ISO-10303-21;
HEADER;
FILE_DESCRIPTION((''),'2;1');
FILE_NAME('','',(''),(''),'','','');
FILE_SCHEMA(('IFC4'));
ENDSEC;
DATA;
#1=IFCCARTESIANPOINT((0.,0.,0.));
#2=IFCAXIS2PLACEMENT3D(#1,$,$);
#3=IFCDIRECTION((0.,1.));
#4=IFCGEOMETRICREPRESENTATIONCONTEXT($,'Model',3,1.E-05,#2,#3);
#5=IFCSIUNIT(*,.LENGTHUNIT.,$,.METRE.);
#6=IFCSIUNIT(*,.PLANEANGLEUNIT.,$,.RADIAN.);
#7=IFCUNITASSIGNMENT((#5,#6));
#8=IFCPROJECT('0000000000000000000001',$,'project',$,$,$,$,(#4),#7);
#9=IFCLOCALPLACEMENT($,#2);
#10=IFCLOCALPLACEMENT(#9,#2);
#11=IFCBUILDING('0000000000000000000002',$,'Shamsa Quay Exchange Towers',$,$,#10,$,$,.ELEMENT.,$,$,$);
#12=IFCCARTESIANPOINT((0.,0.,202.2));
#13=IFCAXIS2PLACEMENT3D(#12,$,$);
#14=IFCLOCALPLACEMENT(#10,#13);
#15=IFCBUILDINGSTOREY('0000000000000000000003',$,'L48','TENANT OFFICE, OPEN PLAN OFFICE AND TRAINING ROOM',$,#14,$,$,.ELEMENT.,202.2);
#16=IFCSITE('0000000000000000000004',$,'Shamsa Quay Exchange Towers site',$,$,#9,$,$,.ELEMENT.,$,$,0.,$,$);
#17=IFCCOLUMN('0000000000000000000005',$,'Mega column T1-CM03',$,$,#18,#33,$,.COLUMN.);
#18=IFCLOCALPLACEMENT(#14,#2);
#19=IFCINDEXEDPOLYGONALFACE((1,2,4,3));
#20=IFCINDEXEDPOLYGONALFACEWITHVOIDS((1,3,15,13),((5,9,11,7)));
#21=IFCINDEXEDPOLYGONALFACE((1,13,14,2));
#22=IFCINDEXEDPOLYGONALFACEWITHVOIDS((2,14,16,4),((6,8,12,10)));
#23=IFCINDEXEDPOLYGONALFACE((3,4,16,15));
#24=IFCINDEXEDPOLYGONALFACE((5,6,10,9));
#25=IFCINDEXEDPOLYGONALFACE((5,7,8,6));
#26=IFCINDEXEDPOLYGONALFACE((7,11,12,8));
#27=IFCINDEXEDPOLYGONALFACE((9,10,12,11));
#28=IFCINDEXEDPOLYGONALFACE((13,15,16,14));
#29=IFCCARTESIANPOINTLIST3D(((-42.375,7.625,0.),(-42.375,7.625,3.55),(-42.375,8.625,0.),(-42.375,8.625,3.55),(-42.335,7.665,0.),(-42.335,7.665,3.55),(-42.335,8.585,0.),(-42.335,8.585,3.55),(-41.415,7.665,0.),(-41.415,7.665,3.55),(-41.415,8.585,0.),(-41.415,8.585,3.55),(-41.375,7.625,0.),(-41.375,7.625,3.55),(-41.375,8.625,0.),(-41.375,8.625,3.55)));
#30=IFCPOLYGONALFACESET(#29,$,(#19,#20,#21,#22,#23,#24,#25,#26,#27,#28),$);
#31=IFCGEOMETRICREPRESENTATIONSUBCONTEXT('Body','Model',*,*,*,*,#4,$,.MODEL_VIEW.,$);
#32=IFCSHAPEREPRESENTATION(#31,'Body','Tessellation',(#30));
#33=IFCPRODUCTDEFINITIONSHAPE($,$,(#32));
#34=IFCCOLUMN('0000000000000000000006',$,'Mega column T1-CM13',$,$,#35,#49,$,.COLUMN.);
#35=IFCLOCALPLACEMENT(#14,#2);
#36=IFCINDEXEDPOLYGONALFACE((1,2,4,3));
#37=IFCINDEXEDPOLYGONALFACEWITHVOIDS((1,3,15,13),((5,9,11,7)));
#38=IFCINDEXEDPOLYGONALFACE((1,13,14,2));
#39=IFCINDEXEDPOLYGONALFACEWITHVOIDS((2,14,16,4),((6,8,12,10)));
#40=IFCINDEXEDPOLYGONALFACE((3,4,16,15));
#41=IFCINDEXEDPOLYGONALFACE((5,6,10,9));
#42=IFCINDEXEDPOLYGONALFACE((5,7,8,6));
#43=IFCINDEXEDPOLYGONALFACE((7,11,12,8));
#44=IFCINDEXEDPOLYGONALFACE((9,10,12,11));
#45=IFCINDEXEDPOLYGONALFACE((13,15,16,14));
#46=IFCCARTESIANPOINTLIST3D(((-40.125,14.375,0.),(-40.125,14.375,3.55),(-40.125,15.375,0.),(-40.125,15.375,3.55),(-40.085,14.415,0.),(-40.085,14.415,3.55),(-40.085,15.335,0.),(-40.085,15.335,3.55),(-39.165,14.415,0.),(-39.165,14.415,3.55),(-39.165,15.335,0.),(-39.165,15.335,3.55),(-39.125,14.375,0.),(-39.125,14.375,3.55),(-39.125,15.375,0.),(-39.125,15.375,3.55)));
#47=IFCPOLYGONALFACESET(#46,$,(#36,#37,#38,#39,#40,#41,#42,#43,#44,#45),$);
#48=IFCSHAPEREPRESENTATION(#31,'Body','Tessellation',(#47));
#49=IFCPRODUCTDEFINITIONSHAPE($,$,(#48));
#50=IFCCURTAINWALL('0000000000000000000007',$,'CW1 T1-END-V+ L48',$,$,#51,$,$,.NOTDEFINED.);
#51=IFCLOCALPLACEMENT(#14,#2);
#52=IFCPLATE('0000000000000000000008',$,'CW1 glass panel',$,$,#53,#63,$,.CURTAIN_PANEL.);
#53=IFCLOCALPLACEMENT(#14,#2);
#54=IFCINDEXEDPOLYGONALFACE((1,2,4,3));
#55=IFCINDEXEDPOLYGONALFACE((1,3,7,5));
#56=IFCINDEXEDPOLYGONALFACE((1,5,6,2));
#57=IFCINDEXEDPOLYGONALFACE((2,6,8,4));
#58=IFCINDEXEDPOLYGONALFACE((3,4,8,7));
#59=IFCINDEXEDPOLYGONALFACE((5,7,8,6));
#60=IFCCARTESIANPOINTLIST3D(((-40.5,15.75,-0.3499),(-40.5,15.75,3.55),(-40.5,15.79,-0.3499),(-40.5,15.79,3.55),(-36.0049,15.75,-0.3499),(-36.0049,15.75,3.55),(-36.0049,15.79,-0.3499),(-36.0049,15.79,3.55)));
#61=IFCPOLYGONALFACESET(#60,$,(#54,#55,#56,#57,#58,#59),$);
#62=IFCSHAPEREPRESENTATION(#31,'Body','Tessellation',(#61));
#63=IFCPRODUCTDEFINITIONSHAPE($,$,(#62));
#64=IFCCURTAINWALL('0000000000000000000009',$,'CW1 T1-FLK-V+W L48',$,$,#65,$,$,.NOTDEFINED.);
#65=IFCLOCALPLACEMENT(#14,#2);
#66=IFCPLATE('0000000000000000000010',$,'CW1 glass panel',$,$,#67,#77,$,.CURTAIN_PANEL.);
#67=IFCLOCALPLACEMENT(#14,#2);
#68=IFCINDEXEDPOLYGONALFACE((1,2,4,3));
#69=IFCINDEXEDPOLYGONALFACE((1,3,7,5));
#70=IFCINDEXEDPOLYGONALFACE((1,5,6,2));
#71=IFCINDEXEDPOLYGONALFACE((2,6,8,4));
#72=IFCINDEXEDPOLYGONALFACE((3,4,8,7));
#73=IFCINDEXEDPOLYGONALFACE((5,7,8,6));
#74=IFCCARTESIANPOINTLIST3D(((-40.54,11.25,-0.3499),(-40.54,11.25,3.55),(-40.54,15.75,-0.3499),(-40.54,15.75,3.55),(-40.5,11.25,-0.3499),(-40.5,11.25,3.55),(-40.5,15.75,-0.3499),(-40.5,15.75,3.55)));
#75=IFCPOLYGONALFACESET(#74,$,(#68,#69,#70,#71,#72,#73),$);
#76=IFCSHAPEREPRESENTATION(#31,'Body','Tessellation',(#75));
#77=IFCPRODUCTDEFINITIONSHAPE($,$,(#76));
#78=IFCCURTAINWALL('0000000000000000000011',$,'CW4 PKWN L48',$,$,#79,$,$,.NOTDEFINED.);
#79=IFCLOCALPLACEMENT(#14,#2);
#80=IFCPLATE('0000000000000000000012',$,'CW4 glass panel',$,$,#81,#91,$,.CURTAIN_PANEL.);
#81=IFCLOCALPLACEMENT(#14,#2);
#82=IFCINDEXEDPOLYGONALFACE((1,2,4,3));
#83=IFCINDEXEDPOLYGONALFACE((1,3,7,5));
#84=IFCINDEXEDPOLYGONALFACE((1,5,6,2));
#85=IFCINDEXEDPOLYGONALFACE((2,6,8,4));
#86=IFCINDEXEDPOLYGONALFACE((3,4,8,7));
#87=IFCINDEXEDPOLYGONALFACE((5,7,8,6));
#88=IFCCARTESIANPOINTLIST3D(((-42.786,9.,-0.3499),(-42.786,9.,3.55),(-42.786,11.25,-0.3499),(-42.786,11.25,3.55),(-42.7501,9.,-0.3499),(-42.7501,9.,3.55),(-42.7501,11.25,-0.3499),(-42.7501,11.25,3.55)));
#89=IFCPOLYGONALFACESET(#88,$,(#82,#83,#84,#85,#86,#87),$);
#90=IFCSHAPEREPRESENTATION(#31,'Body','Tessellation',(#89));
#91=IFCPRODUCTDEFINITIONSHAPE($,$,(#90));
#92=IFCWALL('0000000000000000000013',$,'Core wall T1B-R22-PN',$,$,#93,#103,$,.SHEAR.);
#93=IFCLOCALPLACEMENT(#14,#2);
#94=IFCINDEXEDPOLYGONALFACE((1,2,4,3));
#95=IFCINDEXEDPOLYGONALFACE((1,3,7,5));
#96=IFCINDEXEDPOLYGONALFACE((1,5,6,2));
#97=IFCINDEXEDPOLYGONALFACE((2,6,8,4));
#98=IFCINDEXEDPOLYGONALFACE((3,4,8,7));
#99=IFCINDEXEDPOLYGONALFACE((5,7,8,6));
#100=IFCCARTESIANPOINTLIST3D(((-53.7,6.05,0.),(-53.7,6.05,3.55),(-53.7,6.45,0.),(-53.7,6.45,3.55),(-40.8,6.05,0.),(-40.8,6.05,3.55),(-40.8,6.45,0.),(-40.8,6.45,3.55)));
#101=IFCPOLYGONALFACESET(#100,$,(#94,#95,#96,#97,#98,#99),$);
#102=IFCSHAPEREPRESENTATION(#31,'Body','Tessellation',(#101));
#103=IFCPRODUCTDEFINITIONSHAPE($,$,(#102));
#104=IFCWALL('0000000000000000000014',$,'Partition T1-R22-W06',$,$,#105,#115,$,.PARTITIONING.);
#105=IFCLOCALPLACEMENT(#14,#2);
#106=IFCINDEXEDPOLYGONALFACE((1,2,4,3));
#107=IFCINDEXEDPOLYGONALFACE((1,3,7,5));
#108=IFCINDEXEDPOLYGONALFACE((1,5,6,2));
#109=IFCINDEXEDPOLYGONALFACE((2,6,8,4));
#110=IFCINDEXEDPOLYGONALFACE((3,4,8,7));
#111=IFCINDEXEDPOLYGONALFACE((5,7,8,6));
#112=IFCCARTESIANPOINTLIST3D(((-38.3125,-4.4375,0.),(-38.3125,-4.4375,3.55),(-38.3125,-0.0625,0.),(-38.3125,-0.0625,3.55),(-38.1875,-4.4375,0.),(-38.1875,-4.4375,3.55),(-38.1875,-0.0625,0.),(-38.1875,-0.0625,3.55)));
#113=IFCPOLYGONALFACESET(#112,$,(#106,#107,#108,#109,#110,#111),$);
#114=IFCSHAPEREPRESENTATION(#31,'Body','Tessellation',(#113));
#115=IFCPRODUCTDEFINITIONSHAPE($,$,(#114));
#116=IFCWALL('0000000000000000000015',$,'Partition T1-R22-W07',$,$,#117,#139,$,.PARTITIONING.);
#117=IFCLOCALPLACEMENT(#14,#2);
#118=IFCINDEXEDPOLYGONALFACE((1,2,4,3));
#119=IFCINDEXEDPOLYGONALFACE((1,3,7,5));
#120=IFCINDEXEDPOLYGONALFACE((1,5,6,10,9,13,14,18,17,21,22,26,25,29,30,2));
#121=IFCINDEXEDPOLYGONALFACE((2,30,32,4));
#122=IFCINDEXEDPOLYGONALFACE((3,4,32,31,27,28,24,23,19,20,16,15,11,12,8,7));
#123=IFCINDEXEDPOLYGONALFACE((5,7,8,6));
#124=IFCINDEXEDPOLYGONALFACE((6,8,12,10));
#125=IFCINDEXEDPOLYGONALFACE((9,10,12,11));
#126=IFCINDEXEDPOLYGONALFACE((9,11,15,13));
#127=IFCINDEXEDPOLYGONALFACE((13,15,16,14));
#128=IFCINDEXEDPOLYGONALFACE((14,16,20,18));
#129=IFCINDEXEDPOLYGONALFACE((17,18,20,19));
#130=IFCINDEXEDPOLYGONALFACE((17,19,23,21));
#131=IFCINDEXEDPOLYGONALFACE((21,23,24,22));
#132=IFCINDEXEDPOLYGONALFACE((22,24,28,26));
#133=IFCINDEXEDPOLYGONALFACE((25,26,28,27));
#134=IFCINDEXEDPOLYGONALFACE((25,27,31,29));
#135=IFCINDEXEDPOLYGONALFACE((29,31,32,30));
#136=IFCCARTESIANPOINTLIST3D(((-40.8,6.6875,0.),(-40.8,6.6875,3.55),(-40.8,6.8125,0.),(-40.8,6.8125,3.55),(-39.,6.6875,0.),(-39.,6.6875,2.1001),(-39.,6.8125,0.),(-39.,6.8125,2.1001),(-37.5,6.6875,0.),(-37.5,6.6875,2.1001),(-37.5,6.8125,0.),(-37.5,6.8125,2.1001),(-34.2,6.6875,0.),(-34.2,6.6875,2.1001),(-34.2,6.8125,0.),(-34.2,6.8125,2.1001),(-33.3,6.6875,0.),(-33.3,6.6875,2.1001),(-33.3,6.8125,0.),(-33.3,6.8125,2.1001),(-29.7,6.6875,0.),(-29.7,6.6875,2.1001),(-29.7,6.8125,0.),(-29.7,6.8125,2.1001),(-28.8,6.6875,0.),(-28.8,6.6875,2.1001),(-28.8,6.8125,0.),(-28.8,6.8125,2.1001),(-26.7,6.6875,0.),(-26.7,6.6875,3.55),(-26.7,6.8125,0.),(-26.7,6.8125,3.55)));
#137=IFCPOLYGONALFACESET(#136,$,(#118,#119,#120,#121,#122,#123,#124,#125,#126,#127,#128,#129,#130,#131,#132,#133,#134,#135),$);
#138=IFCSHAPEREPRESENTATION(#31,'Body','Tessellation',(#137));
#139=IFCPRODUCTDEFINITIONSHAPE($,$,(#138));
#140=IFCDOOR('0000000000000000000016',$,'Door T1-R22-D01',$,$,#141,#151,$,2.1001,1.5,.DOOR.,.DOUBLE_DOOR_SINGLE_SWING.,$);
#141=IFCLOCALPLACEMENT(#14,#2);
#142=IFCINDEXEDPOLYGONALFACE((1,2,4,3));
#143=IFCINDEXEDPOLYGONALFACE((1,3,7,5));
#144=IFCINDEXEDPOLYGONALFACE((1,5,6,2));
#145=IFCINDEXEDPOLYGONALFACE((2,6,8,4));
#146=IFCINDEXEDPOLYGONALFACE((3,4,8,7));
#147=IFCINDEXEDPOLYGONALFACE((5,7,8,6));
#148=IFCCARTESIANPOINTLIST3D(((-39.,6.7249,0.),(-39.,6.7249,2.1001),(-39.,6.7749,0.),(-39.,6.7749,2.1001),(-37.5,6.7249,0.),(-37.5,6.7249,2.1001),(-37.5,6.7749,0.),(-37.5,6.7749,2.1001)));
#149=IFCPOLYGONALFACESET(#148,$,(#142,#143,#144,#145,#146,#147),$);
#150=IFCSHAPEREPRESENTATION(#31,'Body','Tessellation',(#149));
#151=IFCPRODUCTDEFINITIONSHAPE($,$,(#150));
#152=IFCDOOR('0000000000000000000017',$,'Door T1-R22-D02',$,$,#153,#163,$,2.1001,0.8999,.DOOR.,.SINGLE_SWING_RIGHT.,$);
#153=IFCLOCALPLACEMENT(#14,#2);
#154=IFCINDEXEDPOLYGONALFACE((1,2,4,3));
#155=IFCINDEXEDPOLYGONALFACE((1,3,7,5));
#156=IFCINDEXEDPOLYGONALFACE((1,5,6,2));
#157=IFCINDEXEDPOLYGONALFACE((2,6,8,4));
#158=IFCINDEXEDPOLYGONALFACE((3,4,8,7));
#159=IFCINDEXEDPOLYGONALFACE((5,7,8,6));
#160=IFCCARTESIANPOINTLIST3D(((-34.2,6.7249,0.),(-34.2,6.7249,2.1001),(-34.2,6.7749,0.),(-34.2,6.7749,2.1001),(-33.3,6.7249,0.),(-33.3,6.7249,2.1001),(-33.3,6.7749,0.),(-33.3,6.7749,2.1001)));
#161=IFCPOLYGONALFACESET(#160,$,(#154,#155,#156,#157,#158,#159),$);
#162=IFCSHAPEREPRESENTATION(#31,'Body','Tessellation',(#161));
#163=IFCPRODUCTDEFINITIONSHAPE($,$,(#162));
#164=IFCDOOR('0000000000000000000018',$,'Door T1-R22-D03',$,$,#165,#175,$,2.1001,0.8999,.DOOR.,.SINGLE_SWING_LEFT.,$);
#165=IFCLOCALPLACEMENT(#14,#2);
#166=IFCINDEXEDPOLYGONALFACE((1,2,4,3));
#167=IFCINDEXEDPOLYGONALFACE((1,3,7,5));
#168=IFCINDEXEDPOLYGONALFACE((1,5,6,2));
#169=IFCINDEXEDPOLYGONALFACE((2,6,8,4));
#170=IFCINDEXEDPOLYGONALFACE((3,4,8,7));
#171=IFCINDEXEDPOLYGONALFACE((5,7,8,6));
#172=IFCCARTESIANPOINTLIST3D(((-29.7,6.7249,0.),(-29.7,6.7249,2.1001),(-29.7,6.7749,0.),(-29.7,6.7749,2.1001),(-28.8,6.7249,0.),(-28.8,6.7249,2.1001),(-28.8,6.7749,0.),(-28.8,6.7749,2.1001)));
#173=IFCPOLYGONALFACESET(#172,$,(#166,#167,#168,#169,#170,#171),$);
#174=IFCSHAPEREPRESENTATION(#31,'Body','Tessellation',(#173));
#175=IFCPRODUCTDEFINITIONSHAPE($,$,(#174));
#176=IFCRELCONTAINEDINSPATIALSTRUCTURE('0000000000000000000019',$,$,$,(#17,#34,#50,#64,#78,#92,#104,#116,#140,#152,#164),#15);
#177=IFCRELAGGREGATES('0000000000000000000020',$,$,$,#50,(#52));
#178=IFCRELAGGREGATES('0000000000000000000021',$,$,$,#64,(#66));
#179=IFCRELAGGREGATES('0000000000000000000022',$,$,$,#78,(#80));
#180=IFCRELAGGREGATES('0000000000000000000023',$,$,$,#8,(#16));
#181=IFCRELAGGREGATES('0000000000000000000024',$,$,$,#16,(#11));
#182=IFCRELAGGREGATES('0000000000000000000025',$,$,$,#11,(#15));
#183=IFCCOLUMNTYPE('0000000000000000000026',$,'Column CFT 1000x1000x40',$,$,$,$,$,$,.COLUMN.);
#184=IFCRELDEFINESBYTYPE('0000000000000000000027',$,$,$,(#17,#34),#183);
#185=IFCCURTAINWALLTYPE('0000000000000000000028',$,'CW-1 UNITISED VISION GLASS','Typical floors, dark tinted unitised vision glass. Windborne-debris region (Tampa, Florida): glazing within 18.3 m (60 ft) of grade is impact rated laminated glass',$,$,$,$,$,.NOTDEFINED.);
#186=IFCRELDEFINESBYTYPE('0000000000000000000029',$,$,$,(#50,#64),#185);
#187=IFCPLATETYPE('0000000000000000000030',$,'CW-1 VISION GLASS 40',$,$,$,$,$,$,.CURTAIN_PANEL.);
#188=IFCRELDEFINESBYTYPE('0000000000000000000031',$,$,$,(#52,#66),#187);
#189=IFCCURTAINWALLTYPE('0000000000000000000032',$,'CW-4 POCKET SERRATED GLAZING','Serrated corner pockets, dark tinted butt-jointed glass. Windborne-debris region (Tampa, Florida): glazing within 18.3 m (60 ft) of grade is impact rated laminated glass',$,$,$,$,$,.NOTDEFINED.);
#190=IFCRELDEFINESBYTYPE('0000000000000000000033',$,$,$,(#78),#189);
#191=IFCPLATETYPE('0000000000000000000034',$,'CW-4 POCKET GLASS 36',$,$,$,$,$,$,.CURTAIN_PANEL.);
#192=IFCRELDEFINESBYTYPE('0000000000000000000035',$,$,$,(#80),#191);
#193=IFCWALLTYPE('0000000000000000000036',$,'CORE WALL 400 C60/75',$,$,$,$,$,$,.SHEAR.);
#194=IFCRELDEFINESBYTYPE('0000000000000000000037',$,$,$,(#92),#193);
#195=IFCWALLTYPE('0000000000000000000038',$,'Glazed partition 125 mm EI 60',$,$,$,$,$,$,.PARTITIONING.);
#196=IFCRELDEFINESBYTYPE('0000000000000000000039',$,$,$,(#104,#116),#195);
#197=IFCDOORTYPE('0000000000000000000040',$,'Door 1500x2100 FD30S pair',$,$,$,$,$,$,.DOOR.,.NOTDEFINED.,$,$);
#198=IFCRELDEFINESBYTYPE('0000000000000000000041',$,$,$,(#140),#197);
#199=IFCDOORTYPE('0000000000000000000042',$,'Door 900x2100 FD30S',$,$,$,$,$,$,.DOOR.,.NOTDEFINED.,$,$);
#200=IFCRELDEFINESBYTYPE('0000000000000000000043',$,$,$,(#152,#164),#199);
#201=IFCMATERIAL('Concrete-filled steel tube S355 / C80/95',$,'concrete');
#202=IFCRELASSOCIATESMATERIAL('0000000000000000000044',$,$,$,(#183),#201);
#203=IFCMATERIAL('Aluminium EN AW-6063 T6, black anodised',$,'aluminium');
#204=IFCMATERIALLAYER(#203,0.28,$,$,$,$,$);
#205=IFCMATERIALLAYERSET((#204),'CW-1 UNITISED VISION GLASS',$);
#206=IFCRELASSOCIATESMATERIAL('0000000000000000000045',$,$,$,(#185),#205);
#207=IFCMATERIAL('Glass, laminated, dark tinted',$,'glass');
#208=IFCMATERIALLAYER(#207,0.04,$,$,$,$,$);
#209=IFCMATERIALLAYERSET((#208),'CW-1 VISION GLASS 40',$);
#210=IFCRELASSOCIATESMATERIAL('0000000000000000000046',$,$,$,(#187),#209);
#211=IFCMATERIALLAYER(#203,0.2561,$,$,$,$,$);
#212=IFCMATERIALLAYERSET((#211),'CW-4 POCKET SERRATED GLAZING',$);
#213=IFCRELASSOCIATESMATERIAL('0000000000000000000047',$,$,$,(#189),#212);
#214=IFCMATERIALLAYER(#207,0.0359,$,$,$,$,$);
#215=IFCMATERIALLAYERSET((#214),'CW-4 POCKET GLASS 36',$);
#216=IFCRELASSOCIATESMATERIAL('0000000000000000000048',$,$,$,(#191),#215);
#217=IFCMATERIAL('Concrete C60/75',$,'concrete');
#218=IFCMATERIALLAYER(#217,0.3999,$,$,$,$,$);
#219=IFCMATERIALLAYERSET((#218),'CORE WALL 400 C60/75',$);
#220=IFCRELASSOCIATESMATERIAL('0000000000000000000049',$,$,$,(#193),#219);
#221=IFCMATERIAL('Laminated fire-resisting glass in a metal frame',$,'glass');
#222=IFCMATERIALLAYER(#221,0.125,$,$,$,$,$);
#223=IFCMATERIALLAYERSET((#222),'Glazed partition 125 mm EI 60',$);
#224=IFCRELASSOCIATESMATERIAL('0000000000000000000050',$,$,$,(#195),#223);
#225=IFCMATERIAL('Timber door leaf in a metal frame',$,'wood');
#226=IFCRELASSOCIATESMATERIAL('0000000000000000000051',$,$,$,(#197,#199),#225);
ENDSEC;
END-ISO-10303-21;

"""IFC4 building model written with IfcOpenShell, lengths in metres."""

from ifc_helpers import new_model, si_unit, direction, frame, frame_2d, origin, origin_2d, place, context, subcontext, project, spatial, rectangle, hollow_rectangle, extrude, material, layer, layer_set, material_profile, profile_set, type_object, element, fill, aggregate, save


model = new_model("IFC4")

# Units and contexts
model_context = context("Model", 3, precision=1e-05, world=origin(), true_north=direction((0.0, 1.0)))
body_context = subcontext(model_context, "Body", "Model", "MODEL_VIEW")
ifc_project = project(units=[si_unit("LENGTHUNIT", "METRE"), si_unit("PLANEANGLEUNIT", "RADIAN")], contexts=[model_context])

# Site, building, storey
site_placement = place(None, origin())
site = spatial("IfcSite", under=ifc_project, at=site_placement, Name="Shamsa Quay Exchange Towers site", CompositionType="ELEMENT", RefElevation=0.0)
building_placement = place(site_placement, origin())
building = spatial("IfcBuilding", under=site, at=building_placement, Name="Shamsa Quay Exchange Towers", CompositionType="ELEMENT")
storey_placement = place(building_placement, frame((0.0, 0.0, 202.2)))
storey = spatial("IfcBuildingStorey", under=building, at=storey_placement, Name="L48", Description="TENANT OFFICE, OPEN PLAN OFFICE AND TRAINING ROOM", CompositionType="ELEMENT", Elevation=202.2)

# Columns
ifc_material_1 = material(Name="Concrete-filled steel tube S355 / C80/95", Category="concrete")
ifc_material_profile = material_profile(ifc_material_1, hollow_rectangle(XDim=1.0, YDim=1.0, WallThickness=0.04, at=origin_2d()), Name="CFT 1000x1000x40")
ifc_profile_set = profile_set([ifc_material_profile], Name="Concrete-filled steel tube S355 / C80/95")
column_type = type_object("IfcColumnType", Name="Column CFT 1000x1000x40", PredefinedType="COLUMN", material=ifc_profile_set)
for number, where, name in (
    (1, (-41.875, 8.125, 0.0), "Mega column T1-CM03"),
    (2, (-39.625, 14.875, 0.0), "Mega column T1-CM13"),
):
    element("IfcColumn", number, at=place(storey_placement, frame(where)), inside=storey, type_object=column_type, Name=name, PredefinedType="COLUMN", context=body_context, shape_type="SweptSolid", body=[
        extrude(hollow_rectangle(XDim=1.0, YDim=1.0, WallThickness=0.04, at=origin_2d()), origin(), (0.0, 0.0, 1.0), 3.55),
    ])

# Curtain walls, plates
ifc_material_2 = material(Name="Aluminium EN AW-6063 T6, black anodised", Category="aluminium")
ifc_layer_1 = layer(ifc_material_2, 0.28)
ifc_layer_set_1 = layer_set([ifc_layer_1], Name="CW-1 UNITISED VISION GLASS")
curtain_wall_type_1 = type_object("IfcCurtainWallType", Name="CW-1 UNITISED VISION GLASS", Description="Typical floors, dark tinted unitised vision glass. Windborne-debris region (Tampa, Florida): glazing within 18.3 m (60 ft) of grade is impact rated laminated glass", PredefinedType="NOTDEFINED", material=ifc_layer_set_1)
curtain_wall_1_placement = place(storey_placement, origin())
curtain_wall_1 = element("IfcCurtainWall", 3, at=curtain_wall_1_placement, inside=storey, type_object=curtain_wall_type_1, Name="CW1 T1-END-V+ L48", PredefinedType="NOTDEFINED")
ifc_material_3 = material(Name="Glass, laminated, dark tinted", Category="glass")
ifc_layer_2 = layer(ifc_material_3, 0.04)
ifc_layer_set_2 = layer_set([ifc_layer_2], Name="CW-1 VISION GLASS 40")
plate_type_1 = type_object("IfcPlateType", Name="CW-1 VISION GLASS 40", PredefinedType="CURTAIN_PANEL", material=ifc_layer_set_2)
plate_1_placement = place(storey_placement, frame((-38.2524, 15.77, -0.3499), z_axis=(0.0, 0.0, 1.0), x_axis=(-1.0, 0.0, 0.0)))
plate_1 = element("IfcPlate", 4, at=plate_1_placement, type_object=plate_type_1, Name="CW1 glass panel", PredefinedType="CURTAIN_PANEL", context=body_context, shape_type="SweptSolid", body=[
    extrude(rectangle(XDim=4.4951, YDim=0.04, at=origin_2d()), origin(), (0.0, 0.0, 1.0), 3.8999),
])
aggregate(curtain_wall_1, [plate_1])
curtain_wall_2_placement = place(storey_placement, origin())
curtain_wall_2 = element("IfcCurtainWall", 5, at=curtain_wall_2_placement, inside=storey, type_object=curtain_wall_type_1, Name="CW1 T1-FLK-V+W L48", PredefinedType="NOTDEFINED")
plate_2_placement = place(storey_placement, frame((-40.52, 13.5, -0.3499), z_axis=(0.0, 0.0, 1.0), x_axis=(0.0, -1.0, 0.0)))
plate_2 = element("IfcPlate", 6, at=plate_2_placement, type_object=plate_type_1, Name="CW1 glass panel", PredefinedType="CURTAIN_PANEL", context=body_context, shape_type="SweptSolid", body=[
    extrude(rectangle(XDim=4.5, YDim=0.04, at=origin_2d()), origin(), (0.0, 0.0, 1.0), 3.8999),
])
aggregate(curtain_wall_2, [plate_2])
ifc_layer_3 = layer(ifc_material_2, 0.2561)
ifc_layer_set_3 = layer_set([ifc_layer_3], Name="CW-4 POCKET SERRATED GLAZING")
curtain_wall_type_2 = type_object("IfcCurtainWallType", Name="CW-4 POCKET SERRATED GLAZING", Description="Serrated corner pockets, dark tinted butt-jointed glass. Windborne-debris region (Tampa, Florida): glazing within 18.3 m (60 ft) of grade is impact rated laminated glass", PredefinedType="NOTDEFINED", material=ifc_layer_set_3)
curtain_wall_3_placement = place(storey_placement, origin())
curtain_wall_3 = element("IfcCurtainWall", 7, at=curtain_wall_3_placement, inside=storey, type_object=curtain_wall_type_2, Name="CW4 PKWN L48", PredefinedType="NOTDEFINED")
ifc_layer_4 = layer(ifc_material_3, 0.0359)
ifc_layer_set_4 = layer_set([ifc_layer_4], Name="CW-4 POCKET GLASS 36")
plate_type_2 = type_object("IfcPlateType", Name="CW-4 POCKET GLASS 36", PredefinedType="CURTAIN_PANEL", material=ifc_layer_set_4)
plate_3_placement = place(storey_placement, frame((-42.7681, 10.125, -0.3499), z_axis=(0.0, 0.0, 1.0), x_axis=(0.0, -1.0, 0.0)))
plate_3 = element("IfcPlate", 8, at=plate_3_placement, type_object=plate_type_2, Name="CW4 glass panel", PredefinedType="CURTAIN_PANEL", context=body_context, shape_type="SweptSolid", body=[
    extrude(rectangle(XDim=2.25, YDim=0.0359, at=origin_2d()), origin(), (0.0, 0.0, 1.0), 3.8999),
])
aggregate(curtain_wall_3, [plate_3])

# Walls
ifc_material_4 = material(Name="Concrete C60/75", Category="concrete")
ifc_layer_5 = layer(ifc_material_4, 0.3999)
ifc_layer_set_5 = layer_set([ifc_layer_5], Name="CORE WALL 400 C60/75")
wall_type_1 = type_object("IfcWallType", Name="CORE WALL 400 C60/75", PredefinedType="SHEAR", material=ifc_layer_set_5)
wall_1_placement = place(storey_placement, frame((-40.8, 6.25, 0.0), z_axis=(0.0, 0.0, 1.0), x_axis=(-1.0, 0.0, 0.0)))
element("IfcWall", 9, at=wall_1_placement, inside=storey, type_object=wall_type_1, Name="Core wall T1B-R22-PN", PredefinedType="SHEAR", context=body_context, shape_type="SweptSolid", body=[
    extrude(rectangle(XDim=12.8999, YDim=0.3999, at=frame_2d((6.45, 0.0))), origin(), (0.0, 0.0, 1.0), 3.55),
])
ifc_material_5 = material(Name="Laminated fire-resisting glass in a metal frame", Category="glass")
ifc_layer_6 = layer(ifc_material_5, 0.125)
ifc_layer_set_6 = layer_set([ifc_layer_6], Name="Glazed partition 125 mm EI 60")
wall_type_2 = type_object("IfcWallType", Name="Glazed partition 125 mm EI 60", PredefinedType="PARTITIONING", material=ifc_layer_set_6)
wall_2_placement = place(storey_placement, frame((-38.25, -0.0625, 0.0), z_axis=(0.0, 0.0, 1.0), x_axis=(0.0, -1.0, 0.0)))
element("IfcWall", 10, at=wall_2_placement, inside=storey, type_object=wall_type_2, Name="Partition T1-R22-W06", PredefinedType="PARTITIONING", context=body_context, shape_type="SweptSolid", body=[
    extrude(rectangle(XDim=4.375, YDim=0.125, at=frame_2d((2.1875, 0.0))), origin(), (0.0, 0.0, 1.0), 3.55),
])

# Wall, openings, doors
wall_3_placement = place(storey_placement, frame((-40.8, 6.75, 0.0)))
wall_3 = element("IfcWall", 11, at=wall_3_placement, inside=storey, type_object=wall_type_2, Name="Partition T1-R22-W07", PredefinedType="PARTITIONING", context=body_context, shape_type="SweptSolid", body=[
    extrude(rectangle(XDim=14.1001, YDim=0.125, at=frame_2d((7.05, 0.0))), origin(), (0.0, 0.0, 1.0), 3.55),
])
opening_1_placement = place(wall_3_placement, frame((1.8, 0.0, 0.0)))
opening_1 = element("IfcOpeningElement", 12, at=opening_1_placement, cuts=wall_3, PredefinedType="OPENING", context=body_context, shape_type="SweptSolid", body=[
    extrude(rectangle(XDim=1.5, YDim=2.1001, at=frame_2d((0.75, 1.05))), frame((0.0, 0.0725, 0.0), z_axis=(0.0, -1.0, 0.0), x_axis=(1.0, 0.0, 0.0)), (0.0, 0.0, 1.0), 0.145),
])
opening_2_placement = place(wall_3_placement, frame((6.6001, 0.0, 0.0)))
opening_2 = element("IfcOpeningElement", 13, at=opening_2_placement, cuts=wall_3, PredefinedType="OPENING", context=body_context, shape_type="SweptSolid", body=[
    extrude(rectangle(XDim=0.8999, YDim=2.1001, at=frame_2d((0.45, 1.05))), frame((0.0, 0.0725, 0.0), z_axis=(0.0, -1.0, 0.0), x_axis=(1.0, 0.0, 0.0)), (0.0, 0.0, 1.0), 0.145),
])
opening_3_placement = place(wall_3_placement, frame((11.1001, 0.0, 0.0)))
opening_3 = element("IfcOpeningElement", 14, at=opening_3_placement, cuts=wall_3, PredefinedType="OPENING", context=body_context, shape_type="SweptSolid", body=[
    extrude(rectangle(XDim=0.8999, YDim=2.1001, at=frame_2d((0.45, 1.05))), frame((0.0, 0.0725, 0.0), z_axis=(0.0, -1.0, 0.0), x_axis=(1.0, 0.0, 0.0)), (0.0, 0.0, 1.0), 0.145),
])
ifc_material_6 = material(Name="Timber door leaf in a metal frame", Category="wood")
door_type_1 = type_object("IfcDoorType", Name="Door 1500x2100 FD30S pair", OperationType="NOTDEFINED", PredefinedType="DOOR", material=ifc_material_6)
door_1_placement = place(opening_1_placement, origin())
door_1 = element("IfcDoor", 15, at=door_1_placement, inside=storey, type_object=door_type_1, Name="Door T1-R22-D01", OperationType="DOUBLE_DOOR_SINGLE_SWING", OverallHeight=2.1001, OverallWidth=1.5, PredefinedType="DOOR", context=body_context, shape_type="SweptSolid", body=[
    extrude(rectangle(XDim=1.5, YDim=2.1001, at=frame_2d((0.75, 1.05))), frame((0.0, 0.0249, 0.0), z_axis=(0.0, -1.0, 0.0), x_axis=(1.0, 0.0, 0.0)), (0.0, 0.0, 1.0), 0.05),
])
fill(opening_1, door_1)
door_type_2 = type_object("IfcDoorType", Name="Door 900x2100 FD30S", OperationType="NOTDEFINED", PredefinedType="DOOR", material=ifc_material_6)
door_2_placement = place(opening_2_placement, origin())
door_2 = element("IfcDoor", 16, at=door_2_placement, inside=storey, type_object=door_type_2, Name="Door T1-R22-D02", OperationType="SINGLE_SWING_RIGHT", OverallHeight=2.1001, OverallWidth=0.8999, PredefinedType="DOOR", context=body_context, shape_type="SweptSolid", body=[
    extrude(rectangle(XDim=0.8999, YDim=2.1001, at=frame_2d((0.45, 1.05))), frame((0.0, 0.0249, 0.0), z_axis=(0.0, -1.0, 0.0), x_axis=(1.0, 0.0, 0.0)), (0.0, 0.0, 1.0), 0.05),
])
fill(opening_2, door_2)
door_3_placement = place(opening_3_placement, origin())
door_3 = element("IfcDoor", 17, at=door_3_placement, inside=storey, type_object=door_type_2, Name="Door T1-R22-D03", OperationType="SINGLE_SWING_LEFT", OverallHeight=2.1001, OverallWidth=0.8999, PredefinedType="DOOR", context=body_context, shape_type="SweptSolid", body=[
    extrude(rectangle(XDim=0.8999, YDim=2.1001, at=frame_2d((0.45, 1.05))), frame((0.0, 0.0249, 0.0), z_axis=(0.0, -1.0, 0.0), x_axis=(1.0, 0.0, 0.0)), (0.0, 0.0, 1.0), 0.05),
])
fill(opening_3, door_3)

save(model, "model.ifc")
